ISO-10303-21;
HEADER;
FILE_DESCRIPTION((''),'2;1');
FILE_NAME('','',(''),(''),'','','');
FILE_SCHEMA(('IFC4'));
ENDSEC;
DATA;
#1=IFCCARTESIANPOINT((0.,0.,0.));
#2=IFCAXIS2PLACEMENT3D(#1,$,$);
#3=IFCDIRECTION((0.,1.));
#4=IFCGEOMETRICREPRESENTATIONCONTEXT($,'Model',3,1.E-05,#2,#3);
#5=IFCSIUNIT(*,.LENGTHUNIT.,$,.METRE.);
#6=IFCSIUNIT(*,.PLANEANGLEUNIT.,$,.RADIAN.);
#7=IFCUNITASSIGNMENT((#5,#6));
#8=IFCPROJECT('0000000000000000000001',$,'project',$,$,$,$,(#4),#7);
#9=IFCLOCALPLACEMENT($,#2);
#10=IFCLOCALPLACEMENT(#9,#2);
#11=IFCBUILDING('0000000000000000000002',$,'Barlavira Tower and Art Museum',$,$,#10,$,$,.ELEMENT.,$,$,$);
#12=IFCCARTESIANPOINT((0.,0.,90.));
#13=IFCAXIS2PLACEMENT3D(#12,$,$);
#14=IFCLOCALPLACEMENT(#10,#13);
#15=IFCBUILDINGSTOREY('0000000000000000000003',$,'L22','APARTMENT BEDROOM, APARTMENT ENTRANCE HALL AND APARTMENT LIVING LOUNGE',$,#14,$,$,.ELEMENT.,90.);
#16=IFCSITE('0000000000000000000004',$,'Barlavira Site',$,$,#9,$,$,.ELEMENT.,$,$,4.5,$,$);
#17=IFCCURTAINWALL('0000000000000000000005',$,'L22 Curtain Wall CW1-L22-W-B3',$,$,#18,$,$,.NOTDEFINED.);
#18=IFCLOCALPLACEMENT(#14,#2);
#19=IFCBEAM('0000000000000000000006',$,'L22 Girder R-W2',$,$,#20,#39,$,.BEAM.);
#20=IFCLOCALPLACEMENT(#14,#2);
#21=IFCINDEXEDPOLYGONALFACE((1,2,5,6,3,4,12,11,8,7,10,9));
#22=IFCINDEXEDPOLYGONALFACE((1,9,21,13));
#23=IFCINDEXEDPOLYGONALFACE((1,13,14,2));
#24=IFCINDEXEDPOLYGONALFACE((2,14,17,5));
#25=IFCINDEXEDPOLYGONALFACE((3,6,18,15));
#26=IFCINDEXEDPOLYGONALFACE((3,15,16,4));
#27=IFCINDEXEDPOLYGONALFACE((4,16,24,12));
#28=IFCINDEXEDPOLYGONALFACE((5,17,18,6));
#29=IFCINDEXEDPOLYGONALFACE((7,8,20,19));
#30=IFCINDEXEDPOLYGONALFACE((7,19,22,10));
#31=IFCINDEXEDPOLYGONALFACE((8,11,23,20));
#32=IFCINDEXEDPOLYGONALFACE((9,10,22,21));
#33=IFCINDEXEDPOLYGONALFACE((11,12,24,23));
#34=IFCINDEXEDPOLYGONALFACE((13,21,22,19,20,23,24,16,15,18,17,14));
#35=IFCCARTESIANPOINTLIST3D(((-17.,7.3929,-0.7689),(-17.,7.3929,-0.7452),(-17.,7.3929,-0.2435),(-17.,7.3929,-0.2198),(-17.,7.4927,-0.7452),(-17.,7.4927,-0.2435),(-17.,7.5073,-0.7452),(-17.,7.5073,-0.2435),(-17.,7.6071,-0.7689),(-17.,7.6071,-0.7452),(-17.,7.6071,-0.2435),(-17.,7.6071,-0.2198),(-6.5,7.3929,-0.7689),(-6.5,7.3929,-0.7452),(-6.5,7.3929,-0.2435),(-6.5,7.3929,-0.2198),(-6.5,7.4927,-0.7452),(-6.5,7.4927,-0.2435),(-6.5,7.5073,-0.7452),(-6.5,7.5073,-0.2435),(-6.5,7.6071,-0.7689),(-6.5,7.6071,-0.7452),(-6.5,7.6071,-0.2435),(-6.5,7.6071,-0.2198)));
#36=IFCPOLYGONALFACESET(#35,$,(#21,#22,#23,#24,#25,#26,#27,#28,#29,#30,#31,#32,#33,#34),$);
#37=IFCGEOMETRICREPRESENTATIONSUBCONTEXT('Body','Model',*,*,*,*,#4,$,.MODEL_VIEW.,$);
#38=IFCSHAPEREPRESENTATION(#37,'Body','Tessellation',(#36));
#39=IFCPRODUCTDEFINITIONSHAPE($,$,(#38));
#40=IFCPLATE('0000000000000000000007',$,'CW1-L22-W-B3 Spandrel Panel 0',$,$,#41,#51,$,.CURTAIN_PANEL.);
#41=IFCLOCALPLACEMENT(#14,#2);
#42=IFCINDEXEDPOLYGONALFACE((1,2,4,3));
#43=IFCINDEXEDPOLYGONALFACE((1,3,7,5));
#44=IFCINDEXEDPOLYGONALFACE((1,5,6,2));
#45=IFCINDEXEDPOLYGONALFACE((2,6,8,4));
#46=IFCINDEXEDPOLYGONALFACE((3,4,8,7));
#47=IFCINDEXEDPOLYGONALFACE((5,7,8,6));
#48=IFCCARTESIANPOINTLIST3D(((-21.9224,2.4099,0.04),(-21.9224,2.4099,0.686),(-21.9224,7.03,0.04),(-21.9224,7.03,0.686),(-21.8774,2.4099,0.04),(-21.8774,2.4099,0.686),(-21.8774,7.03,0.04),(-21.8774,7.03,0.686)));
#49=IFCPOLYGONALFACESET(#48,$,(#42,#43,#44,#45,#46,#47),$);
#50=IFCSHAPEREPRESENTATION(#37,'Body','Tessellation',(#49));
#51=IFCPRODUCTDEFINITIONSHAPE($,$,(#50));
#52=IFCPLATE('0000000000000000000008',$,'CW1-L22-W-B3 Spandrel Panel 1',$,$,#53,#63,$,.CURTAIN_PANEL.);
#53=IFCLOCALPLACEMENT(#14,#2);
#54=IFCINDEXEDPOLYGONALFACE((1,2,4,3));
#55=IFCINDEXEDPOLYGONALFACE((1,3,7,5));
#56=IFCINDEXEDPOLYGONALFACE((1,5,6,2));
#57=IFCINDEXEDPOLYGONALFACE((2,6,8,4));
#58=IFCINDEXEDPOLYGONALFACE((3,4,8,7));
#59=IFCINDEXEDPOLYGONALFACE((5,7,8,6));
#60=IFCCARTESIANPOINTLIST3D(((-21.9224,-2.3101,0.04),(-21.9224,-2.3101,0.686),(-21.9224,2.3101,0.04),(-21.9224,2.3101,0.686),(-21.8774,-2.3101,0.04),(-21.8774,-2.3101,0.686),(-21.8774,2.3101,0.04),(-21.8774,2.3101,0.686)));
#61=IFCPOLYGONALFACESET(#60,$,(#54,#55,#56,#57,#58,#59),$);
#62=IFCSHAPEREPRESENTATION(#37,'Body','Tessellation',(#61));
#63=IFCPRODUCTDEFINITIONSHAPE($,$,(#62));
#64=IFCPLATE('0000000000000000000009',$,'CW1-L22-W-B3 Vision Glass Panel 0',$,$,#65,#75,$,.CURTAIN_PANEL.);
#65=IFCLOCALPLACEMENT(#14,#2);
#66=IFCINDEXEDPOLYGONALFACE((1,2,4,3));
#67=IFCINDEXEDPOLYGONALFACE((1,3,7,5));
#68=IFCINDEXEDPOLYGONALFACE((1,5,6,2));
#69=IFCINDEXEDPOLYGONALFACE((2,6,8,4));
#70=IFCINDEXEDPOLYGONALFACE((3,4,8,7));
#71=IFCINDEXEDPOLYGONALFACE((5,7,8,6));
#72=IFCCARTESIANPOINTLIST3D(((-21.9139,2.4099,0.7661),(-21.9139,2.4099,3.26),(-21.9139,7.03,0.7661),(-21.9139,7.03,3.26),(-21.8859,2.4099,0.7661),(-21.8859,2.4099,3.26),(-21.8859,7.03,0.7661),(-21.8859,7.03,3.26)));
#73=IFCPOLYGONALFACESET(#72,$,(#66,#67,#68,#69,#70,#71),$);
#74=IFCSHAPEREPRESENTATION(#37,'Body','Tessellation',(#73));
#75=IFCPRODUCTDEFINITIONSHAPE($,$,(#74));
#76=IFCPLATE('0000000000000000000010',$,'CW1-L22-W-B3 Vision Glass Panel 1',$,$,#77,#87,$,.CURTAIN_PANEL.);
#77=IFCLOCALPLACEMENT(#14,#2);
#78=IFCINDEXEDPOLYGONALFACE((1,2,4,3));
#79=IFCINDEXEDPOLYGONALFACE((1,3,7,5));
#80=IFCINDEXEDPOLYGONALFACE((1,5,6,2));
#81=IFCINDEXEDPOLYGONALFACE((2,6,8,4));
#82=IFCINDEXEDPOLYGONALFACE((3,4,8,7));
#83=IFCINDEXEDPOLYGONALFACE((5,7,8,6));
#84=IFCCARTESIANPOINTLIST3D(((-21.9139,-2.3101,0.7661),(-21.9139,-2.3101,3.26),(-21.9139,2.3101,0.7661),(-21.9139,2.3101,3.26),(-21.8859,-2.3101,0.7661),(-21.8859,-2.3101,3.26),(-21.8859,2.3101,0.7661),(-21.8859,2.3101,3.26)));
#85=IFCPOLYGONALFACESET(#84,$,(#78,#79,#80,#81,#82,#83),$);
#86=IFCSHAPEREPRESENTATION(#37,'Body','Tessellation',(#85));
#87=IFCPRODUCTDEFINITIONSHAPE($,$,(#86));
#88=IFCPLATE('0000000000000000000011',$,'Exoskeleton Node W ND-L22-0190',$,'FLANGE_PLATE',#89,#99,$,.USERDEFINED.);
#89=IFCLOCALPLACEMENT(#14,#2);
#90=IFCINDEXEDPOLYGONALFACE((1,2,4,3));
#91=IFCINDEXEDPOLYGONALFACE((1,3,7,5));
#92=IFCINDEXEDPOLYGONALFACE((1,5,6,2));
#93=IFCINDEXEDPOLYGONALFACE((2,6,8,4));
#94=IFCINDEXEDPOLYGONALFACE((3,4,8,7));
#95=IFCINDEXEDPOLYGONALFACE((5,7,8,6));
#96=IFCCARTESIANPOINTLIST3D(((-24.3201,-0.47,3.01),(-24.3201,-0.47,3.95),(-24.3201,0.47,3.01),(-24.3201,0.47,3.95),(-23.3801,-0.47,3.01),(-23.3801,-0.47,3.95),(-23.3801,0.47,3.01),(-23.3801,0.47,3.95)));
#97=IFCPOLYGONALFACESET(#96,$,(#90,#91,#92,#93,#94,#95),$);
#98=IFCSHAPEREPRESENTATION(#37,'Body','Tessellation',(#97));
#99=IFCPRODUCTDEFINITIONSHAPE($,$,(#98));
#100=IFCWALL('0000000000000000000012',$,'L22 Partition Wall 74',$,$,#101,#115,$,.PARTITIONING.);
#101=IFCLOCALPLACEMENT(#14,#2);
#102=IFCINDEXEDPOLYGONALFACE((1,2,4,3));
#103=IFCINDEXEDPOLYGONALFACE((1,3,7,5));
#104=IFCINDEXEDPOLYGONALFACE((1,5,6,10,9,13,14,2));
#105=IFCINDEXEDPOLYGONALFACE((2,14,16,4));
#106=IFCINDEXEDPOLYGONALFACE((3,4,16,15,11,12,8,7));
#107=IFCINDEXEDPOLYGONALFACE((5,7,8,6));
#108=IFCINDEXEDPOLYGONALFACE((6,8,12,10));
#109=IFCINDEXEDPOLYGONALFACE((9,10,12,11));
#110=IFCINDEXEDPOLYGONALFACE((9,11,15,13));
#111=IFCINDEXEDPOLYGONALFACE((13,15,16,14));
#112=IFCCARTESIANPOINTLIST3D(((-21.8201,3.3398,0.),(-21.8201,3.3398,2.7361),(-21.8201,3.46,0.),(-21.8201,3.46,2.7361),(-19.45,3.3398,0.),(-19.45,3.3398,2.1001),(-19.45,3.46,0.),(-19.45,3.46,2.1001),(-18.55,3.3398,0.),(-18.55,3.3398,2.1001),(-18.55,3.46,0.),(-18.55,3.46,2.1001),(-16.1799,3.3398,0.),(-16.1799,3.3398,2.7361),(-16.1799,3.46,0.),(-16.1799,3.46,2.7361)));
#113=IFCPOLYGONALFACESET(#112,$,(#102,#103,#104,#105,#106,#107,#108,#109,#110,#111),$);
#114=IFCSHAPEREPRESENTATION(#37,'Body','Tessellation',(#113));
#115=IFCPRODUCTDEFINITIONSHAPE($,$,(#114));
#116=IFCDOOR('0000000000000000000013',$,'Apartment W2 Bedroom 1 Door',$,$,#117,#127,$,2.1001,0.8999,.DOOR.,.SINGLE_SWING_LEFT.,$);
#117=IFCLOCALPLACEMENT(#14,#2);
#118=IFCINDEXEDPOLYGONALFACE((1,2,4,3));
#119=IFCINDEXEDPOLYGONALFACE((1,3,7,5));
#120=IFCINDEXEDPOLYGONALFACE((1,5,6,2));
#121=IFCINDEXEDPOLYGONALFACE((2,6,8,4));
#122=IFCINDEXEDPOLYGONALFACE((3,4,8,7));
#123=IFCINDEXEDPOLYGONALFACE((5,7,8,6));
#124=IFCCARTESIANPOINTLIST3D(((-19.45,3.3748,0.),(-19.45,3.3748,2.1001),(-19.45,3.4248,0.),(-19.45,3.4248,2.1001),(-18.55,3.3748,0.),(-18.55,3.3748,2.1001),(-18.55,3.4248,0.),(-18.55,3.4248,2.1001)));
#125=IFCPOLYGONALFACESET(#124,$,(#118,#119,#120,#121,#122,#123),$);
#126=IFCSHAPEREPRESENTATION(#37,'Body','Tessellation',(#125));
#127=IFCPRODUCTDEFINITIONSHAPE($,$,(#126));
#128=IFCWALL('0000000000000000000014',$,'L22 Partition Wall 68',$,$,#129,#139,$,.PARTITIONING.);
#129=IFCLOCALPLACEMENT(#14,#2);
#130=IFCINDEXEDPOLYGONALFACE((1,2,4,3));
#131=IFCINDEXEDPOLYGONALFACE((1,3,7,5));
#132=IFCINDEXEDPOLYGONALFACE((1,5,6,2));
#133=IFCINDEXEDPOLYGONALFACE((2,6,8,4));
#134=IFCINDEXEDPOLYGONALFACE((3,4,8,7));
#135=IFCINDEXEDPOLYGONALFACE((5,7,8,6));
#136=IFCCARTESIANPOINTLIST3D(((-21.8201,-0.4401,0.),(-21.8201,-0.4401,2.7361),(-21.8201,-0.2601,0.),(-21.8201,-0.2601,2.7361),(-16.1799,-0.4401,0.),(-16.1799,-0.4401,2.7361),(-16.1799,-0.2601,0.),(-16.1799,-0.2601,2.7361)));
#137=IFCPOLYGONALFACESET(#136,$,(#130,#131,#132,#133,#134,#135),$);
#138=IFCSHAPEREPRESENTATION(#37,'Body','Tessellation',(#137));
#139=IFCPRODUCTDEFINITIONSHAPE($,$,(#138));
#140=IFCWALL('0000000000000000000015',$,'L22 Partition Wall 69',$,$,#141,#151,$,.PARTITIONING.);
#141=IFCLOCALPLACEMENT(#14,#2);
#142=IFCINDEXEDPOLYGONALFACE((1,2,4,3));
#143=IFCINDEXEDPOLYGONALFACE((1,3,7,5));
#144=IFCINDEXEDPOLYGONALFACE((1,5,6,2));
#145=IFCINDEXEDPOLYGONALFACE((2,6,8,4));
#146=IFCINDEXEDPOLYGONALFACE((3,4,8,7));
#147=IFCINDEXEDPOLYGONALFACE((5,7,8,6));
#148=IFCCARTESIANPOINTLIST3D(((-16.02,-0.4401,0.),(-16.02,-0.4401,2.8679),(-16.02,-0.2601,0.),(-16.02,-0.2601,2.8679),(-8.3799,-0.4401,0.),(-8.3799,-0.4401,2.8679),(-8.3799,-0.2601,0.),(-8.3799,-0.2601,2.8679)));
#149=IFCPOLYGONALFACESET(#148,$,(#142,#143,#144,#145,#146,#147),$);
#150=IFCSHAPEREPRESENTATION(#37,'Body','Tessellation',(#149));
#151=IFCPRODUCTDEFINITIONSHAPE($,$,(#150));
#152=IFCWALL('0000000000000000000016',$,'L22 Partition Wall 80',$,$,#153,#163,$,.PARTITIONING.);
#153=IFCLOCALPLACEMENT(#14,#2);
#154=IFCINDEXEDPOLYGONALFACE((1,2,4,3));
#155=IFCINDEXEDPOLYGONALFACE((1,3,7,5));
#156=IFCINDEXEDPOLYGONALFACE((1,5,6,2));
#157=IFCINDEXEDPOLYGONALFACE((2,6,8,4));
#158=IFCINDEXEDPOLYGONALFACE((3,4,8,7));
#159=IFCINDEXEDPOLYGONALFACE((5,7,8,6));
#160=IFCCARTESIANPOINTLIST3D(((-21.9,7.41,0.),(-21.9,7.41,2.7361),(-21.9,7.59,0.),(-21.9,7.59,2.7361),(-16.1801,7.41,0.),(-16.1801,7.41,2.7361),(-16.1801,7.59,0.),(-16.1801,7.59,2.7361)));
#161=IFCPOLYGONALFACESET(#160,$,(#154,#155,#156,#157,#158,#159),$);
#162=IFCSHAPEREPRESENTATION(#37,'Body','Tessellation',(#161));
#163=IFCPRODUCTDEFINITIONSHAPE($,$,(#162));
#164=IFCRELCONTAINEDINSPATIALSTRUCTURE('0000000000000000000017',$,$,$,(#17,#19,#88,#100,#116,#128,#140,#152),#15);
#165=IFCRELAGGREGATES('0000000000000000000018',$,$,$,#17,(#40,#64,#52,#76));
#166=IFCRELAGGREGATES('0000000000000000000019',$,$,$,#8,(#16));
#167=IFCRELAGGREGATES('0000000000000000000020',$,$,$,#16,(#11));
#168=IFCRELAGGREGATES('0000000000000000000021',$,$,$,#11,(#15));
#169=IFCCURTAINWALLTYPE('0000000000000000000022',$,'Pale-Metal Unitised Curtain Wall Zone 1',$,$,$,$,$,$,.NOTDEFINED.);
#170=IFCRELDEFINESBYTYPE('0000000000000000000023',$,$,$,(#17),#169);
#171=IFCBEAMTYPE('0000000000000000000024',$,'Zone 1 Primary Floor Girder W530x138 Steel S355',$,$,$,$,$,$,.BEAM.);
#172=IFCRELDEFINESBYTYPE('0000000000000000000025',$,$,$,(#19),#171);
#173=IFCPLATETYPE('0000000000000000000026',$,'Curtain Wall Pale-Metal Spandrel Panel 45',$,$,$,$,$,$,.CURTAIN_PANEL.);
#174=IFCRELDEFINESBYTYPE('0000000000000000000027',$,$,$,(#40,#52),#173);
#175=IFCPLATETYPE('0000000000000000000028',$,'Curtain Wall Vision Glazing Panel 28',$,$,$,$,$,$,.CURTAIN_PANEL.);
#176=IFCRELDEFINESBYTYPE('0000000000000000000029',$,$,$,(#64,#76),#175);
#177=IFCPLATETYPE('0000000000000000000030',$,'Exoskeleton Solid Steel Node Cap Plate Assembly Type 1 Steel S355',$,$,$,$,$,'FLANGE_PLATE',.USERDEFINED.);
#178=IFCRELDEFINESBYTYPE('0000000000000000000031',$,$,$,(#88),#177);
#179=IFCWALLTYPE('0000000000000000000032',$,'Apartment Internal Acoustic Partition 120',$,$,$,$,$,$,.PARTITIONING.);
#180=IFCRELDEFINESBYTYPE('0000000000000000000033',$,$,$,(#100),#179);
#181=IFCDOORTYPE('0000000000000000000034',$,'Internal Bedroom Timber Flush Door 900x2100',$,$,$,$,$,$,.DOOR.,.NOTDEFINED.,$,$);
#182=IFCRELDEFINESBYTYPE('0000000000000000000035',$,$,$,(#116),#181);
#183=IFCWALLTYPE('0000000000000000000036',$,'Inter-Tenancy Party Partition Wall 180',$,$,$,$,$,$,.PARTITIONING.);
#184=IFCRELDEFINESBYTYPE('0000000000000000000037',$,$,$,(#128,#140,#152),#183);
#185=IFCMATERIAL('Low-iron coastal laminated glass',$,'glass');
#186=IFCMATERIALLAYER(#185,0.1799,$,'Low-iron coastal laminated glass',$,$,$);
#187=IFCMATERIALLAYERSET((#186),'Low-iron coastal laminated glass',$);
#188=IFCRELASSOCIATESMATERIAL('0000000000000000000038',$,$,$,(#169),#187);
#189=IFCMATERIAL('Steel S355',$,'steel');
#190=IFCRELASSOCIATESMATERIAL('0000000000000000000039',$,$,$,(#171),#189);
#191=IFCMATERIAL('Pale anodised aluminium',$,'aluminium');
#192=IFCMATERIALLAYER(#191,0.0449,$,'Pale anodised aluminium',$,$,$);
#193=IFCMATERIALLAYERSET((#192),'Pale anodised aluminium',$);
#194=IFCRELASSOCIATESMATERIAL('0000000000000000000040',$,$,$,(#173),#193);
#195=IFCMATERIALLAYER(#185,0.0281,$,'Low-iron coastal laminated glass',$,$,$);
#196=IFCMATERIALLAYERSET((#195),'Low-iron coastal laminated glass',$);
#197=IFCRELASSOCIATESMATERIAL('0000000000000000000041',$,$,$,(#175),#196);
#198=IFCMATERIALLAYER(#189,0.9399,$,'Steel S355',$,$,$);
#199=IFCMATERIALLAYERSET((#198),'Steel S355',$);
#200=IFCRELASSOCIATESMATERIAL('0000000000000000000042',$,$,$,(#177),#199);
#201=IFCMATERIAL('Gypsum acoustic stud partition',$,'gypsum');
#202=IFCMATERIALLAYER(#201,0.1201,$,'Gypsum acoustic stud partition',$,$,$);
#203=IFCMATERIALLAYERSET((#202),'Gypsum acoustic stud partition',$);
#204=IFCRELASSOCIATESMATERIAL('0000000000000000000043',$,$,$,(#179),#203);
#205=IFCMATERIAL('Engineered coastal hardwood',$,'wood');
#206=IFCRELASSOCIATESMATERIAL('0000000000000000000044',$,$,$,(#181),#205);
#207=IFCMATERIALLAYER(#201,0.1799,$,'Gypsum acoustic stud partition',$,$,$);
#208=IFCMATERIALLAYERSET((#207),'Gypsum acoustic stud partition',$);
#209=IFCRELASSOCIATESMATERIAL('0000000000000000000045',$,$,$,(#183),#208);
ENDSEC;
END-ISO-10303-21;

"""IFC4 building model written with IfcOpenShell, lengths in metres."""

from ifc_helpers import new_model, si_unit, direction, frame, frame_2d, origin, origin_2d, place, context, subcontext, project, spatial, rectangle, i_section, extrude, material, layer, layer_set, material_profile, profile_set, type_object, element, fill, aggregate, save


model = new_model("IFC4")

# Units and contexts
model_context = context("Model", 3, precision=1e-05, world=origin(), true_north=direction((0.0, 1.0)))
body_context = subcontext(model_context, "Body", "Model", "MODEL_VIEW")
ifc_project = project(units=[si_unit("LENGTHUNIT", "METRE"), si_unit("PLANEANGLEUNIT", "RADIAN")], contexts=[model_context])

# Site, building, storey
site_placement = place(None, origin())
site = spatial("IfcSite", under=ifc_project, at=site_placement, Name="Barlavira Site", CompositionType="ELEMENT", RefElevation=4.5)
building_placement = place(site_placement, origin())
building = spatial("IfcBuilding", under=site, at=building_placement, Name="Barlavira Tower and Art Museum", CompositionType="ELEMENT")
storey_placement = place(building_placement, frame((0.0, 0.0, 90.0)))
storey = spatial("IfcBuildingStorey", under=building, at=storey_placement, Name="L22", Description="APARTMENT BEDROOM, APARTMENT ENTRANCE HALL AND APARTMENT LIVING LOUNGE", CompositionType="ELEMENT", Elevation=90.0)

# Curtain wall
ifc_material_1 = material(Name="Low-iron coastal laminated glass", Category="glass")
ifc_layer_1 = layer(ifc_material_1, 0.1799, Name="Low-iron coastal laminated glass")
ifc_layer_set_1 = layer_set([ifc_layer_1], Name="Low-iron coastal laminated glass")
curtain_wall_type = type_object("IfcCurtainWallType", Name="Pale-Metal Unitised Curtain Wall Zone 1", PredefinedType="NOTDEFINED", material=ifc_layer_set_1)
curtain_wall_placement = place(storey_placement, origin())
curtain_wall = element("IfcCurtainWall", 1, at=curtain_wall_placement, inside=storey, type_object=curtain_wall_type, Name="L22 Curtain Wall CW1-L22-W-B3", PredefinedType="NOTDEFINED")
ifc_material_2 = material(Name="Pale anodised aluminium", Category="aluminium")

# Shared definitions
ifc_material_3 = material(Name="Steel S355", Category="steel")

# Beam
ifc_material_profile_1 = material_profile(ifc_material_3, i_section(OverallWidth=0.2141, OverallDepth=0.5491, WebThickness=0.0146, FlangeThickness=0.0237, at=origin_2d()), Name="W530x138.0")
ifc_profile_set_1 = profile_set([ifc_material_profile_1], Name="Steel S355")
beam_type_1 = type_object("IfcBeamType", Name="Zone 1 Primary Floor Girder W530x138 Steel S355", PredefinedType="BEAM", material=ifc_profile_set_1)
beam_1_placement = place(storey_placement, frame((-17.0, 7.5, -0.4944), z_axis=(1.0, 0.0, 0.0), x_axis=(0.0, 1.0, 0.0)))
element("IfcBeam", 2, at=beam_1_placement, inside=storey, type_object=beam_type_1, Name="L22 Girder R-W2", PredefinedType="BEAM", context=body_context, shape_type="SweptSolid", body=[
    extrude(i_section(OverallWidth=0.2141, OverallDepth=0.5491, WebThickness=0.0146, FlangeThickness=0.0237, at=origin_2d()), origin(), (0.0, 0.0, 1.0), 10.5),
])

# Plates
ifc_layer_2 = layer(ifc_material_2, 0.0449, Name="Pale anodised aluminium")
ifc_layer_set_2 = layer_set([ifc_layer_2], Name="Pale anodised aluminium")
plate_type_1 = type_object("IfcPlateType", Name="Curtain Wall Pale-Metal Spandrel Panel 45", PredefinedType="CURTAIN_PANEL", material=ifc_layer_set_2)
plate_1_placement = place(storey_placement, frame((-21.8999, 4.72, 0.04), z_axis=(0.0, 0.0, 1.0), x_axis=(0.0, -1.0, 0.0)))
plate_1 = element("IfcPlate", 3, at=plate_1_placement, type_object=plate_type_1, Name="CW1-L22-W-B3 Spandrel Panel 0", PredefinedType="CURTAIN_PANEL", context=body_context, shape_type="SweptSolid", body=[
    extrude(rectangle(XDim=4.6201, YDim=0.0449, at=origin_2d()), origin(), (0.0, 0.0, 1.0), 0.646),
])
plate_2_placement = place(storey_placement, frame((-21.8999, 0.0, 0.04), z_axis=(0.0, 0.0, 1.0), x_axis=(0.0, -1.0, 0.0)))
plate_2 = element("IfcPlate", 4, at=plate_2_placement, type_object=plate_type_1, Name="CW1-L22-W-B3 Spandrel Panel 1", PredefinedType="CURTAIN_PANEL", context=body_context, shape_type="SweptSolid", body=[
    extrude(rectangle(XDim=4.6201, YDim=0.0449, at=origin_2d()), origin(), (0.0, 0.0, 1.0), 0.646),
])
ifc_layer_3 = layer(ifc_material_1, 0.0281, Name="Low-iron coastal laminated glass")
ifc_layer_set_3 = layer_set([ifc_layer_3], Name="Low-iron coastal laminated glass")
plate_type_2 = type_object("IfcPlateType", Name="Curtain Wall Vision Glazing Panel 28", PredefinedType="CURTAIN_PANEL", material=ifc_layer_set_3)
plate_3_placement = place(storey_placement, frame((-21.8999, 4.72, 0.7661), z_axis=(0.0, 0.0, 1.0), x_axis=(0.0, -1.0, 0.0)))
plate_3 = element("IfcPlate", 5, at=plate_3_placement, type_object=plate_type_2, Name="CW1-L22-W-B3 Vision Glass Panel 0", PredefinedType="CURTAIN_PANEL", context=body_context, shape_type="SweptSolid", body=[
    extrude(rectangle(XDim=4.6201, YDim=0.0281, at=origin_2d()), origin(), (0.0, 0.0, 1.0), 2.4939),
])
plate_4_placement = place(storey_placement, frame((-21.8999, 0.0, 0.7661), z_axis=(0.0, 0.0, 1.0), x_axis=(0.0, -1.0, 0.0)))
plate_4 = element("IfcPlate", 6, at=plate_4_placement, type_object=plate_type_2, Name="CW1-L22-W-B3 Vision Glass Panel 1", PredefinedType="CURTAIN_PANEL", context=body_context, shape_type="SweptSolid", body=[
    extrude(rectangle(XDim=4.6201, YDim=0.0281, at=origin_2d()), origin(), (0.0, 0.0, 1.0), 2.4939),
])
aggregate(curtain_wall, [plate_1, plate_3, plate_2, plate_4])
ifc_layer_4 = layer(ifc_material_3, 0.9399, Name="Steel S355")
ifc_layer_set_4 = layer_set([ifc_layer_4], Name="Steel S355")
plate_type_3 = type_object("IfcPlateType", Name="Exoskeleton Solid Steel Node Cap Plate Assembly Type 1 Steel S355", ElementType="FLANGE_PLATE", PredefinedType="USERDEFINED", material=ifc_layer_set_4)
plate_5_placement = place(storey_placement, frame((-23.8501, 0.0, 3.01), z_axis=(0.0, 0.0, 1.0), x_axis=(1.0, 0.0, 0.0)))
element("IfcPlate", 7, at=plate_5_placement, inside=storey, type_object=plate_type_3, Name="Exoskeleton Node W ND-L22-0190", ObjectType="FLANGE_PLATE", PredefinedType="USERDEFINED", context=body_context, shape_type="SweptSolid", body=[
    extrude(rectangle(XDim=0.9399, YDim=0.9399, at=origin_2d()), origin(), (0.0, 0.0, 1.0), 0.9399),
])

# Wall, opening, door
ifc_material_4 = material(Name="Gypsum acoustic stud partition", Category="gypsum")
ifc_layer_5 = layer(ifc_material_4, 0.1201, Name="Gypsum acoustic stud partition")
ifc_layer_set_5 = layer_set([ifc_layer_5], Name="Gypsum acoustic stud partition")
wall_type_1 = type_object("IfcWallType", Name="Apartment Internal Acoustic Partition 120", PredefinedType="PARTITIONING", material=ifc_layer_set_5)
wall_1_placement = place(storey_placement, frame((-21.8201, 3.3999, 0.0), z_axis=(0.0, 0.0, 1.0), x_axis=(1.0, 0.0, 0.0)))
wall_1 = element("IfcWall", 8, at=wall_1_placement, inside=storey, type_object=wall_type_1, Name="L22 Partition Wall 74", PredefinedType="PARTITIONING", context=body_context, shape_type="SweptSolid", body=[
    extrude(rectangle(XDim=5.6401, YDim=0.1201, at=frame_2d((2.8201, 0.0))), origin(), (0.0, 0.0, 1.0), 2.7361),
])
opening_1_placement = place(wall_1_placement, frame((2.3701, 0.0, 0.0)))
opening_1 = element("IfcOpeningElement", 9, at=opening_1_placement, cuts=wall_1, PredefinedType="OPENING", context=body_context, shape_type="SweptSolid", body=[
    extrude(rectangle(XDim=0.8999, YDim=2.1001, at=frame_2d((0.45, 1.05))), frame((0.0, 0.0701, 0.0), z_axis=(0.0, -1.0, 0.0), x_axis=(1.0, 0.0, 0.0)), (0.0, 0.0, 1.0), 0.1401),
])
ifc_material_5 = material(Name="Engineered coastal hardwood", Category="wood")
door_type_1 = type_object("IfcDoorType", Name="Internal Bedroom Timber Flush Door 900x2100", OperationType="NOTDEFINED", PredefinedType="DOOR", material=ifc_material_5)
door_1_placement = place(opening_1_placement, origin())
door_1 = element("IfcDoor", 10, at=door_1_placement, inside=storey, type_object=door_type_1, Name="Apartment W2 Bedroom 1 Door", OperationType="SINGLE_SWING_LEFT", OverallHeight=2.1001, OverallWidth=0.8999, PredefinedType="DOOR", context=body_context, shape_type="SweptSolid", body=[
    extrude(rectangle(XDim=0.8999, YDim=2.1001, at=frame_2d((0.45, 1.05))), frame((0.0, 0.0249, 0.0), z_axis=(0.0, -1.0, 0.0), x_axis=(1.0, 0.0, 0.0)), (0.0, 0.0, 1.0), 0.05),
])
fill(opening_1, door_1)

# Walls
ifc_layer_6 = layer(ifc_material_4, 0.1799, Name="Gypsum acoustic stud partition")
ifc_layer_set_6 = layer_set([ifc_layer_6], Name="Gypsum acoustic stud partition")
wall_type_2 = type_object("IfcWallType", Name="Inter-Tenancy Party Partition Wall 180", PredefinedType="PARTITIONING", material=ifc_layer_set_6)
wall_2_placement = place(storey_placement, frame((-21.8201, -0.3501, 0.0), z_axis=(0.0, 0.0, 1.0), x_axis=(1.0, 0.0, 0.0)))
element("IfcWall", 11, at=wall_2_placement, inside=storey, type_object=wall_type_2, Name="L22 Partition Wall 68", PredefinedType="PARTITIONING", context=body_context, shape_type="SweptSolid", body=[
    extrude(rectangle(XDim=5.6401, YDim=0.1799, at=frame_2d((2.8201, 0.0))), origin(), (0.0, 0.0, 1.0), 2.7361),
])
wall_3_placement = place(storey_placement, frame((-16.02, -0.3501, 0.0), z_axis=(0.0, 0.0, 1.0), x_axis=(1.0, 0.0, 0.0)))
element("IfcWall", 12, at=wall_3_placement, inside=storey, type_object=wall_type_2, Name="L22 Partition Wall 69", PredefinedType="PARTITIONING", context=body_context, shape_type="SweptSolid", body=[
    extrude(rectangle(XDim=7.6401, YDim=0.1799, at=frame_2d((3.8201, 0.0))), origin(), (0.0, 0.0, 1.0), 2.8679),
])
wall_4_placement = place(storey_placement, frame((-21.8999, 7.5, 0.0), z_axis=(0.0, 0.0, 1.0), x_axis=(1.0, 0.0, 0.0)))
element("IfcWall", 13, at=wall_4_placement, inside=storey, type_object=wall_type_2, Name="L22 Partition Wall 80", PredefinedType="PARTITIONING", context=body_context, shape_type="SweptSolid", body=[
    extrude(rectangle(XDim=5.72, YDim=0.1799, at=frame_2d((2.8599, 0.0))), origin(), (0.0, 0.0, 1.0), 2.7361),
])

save(model, "model.ifc")
